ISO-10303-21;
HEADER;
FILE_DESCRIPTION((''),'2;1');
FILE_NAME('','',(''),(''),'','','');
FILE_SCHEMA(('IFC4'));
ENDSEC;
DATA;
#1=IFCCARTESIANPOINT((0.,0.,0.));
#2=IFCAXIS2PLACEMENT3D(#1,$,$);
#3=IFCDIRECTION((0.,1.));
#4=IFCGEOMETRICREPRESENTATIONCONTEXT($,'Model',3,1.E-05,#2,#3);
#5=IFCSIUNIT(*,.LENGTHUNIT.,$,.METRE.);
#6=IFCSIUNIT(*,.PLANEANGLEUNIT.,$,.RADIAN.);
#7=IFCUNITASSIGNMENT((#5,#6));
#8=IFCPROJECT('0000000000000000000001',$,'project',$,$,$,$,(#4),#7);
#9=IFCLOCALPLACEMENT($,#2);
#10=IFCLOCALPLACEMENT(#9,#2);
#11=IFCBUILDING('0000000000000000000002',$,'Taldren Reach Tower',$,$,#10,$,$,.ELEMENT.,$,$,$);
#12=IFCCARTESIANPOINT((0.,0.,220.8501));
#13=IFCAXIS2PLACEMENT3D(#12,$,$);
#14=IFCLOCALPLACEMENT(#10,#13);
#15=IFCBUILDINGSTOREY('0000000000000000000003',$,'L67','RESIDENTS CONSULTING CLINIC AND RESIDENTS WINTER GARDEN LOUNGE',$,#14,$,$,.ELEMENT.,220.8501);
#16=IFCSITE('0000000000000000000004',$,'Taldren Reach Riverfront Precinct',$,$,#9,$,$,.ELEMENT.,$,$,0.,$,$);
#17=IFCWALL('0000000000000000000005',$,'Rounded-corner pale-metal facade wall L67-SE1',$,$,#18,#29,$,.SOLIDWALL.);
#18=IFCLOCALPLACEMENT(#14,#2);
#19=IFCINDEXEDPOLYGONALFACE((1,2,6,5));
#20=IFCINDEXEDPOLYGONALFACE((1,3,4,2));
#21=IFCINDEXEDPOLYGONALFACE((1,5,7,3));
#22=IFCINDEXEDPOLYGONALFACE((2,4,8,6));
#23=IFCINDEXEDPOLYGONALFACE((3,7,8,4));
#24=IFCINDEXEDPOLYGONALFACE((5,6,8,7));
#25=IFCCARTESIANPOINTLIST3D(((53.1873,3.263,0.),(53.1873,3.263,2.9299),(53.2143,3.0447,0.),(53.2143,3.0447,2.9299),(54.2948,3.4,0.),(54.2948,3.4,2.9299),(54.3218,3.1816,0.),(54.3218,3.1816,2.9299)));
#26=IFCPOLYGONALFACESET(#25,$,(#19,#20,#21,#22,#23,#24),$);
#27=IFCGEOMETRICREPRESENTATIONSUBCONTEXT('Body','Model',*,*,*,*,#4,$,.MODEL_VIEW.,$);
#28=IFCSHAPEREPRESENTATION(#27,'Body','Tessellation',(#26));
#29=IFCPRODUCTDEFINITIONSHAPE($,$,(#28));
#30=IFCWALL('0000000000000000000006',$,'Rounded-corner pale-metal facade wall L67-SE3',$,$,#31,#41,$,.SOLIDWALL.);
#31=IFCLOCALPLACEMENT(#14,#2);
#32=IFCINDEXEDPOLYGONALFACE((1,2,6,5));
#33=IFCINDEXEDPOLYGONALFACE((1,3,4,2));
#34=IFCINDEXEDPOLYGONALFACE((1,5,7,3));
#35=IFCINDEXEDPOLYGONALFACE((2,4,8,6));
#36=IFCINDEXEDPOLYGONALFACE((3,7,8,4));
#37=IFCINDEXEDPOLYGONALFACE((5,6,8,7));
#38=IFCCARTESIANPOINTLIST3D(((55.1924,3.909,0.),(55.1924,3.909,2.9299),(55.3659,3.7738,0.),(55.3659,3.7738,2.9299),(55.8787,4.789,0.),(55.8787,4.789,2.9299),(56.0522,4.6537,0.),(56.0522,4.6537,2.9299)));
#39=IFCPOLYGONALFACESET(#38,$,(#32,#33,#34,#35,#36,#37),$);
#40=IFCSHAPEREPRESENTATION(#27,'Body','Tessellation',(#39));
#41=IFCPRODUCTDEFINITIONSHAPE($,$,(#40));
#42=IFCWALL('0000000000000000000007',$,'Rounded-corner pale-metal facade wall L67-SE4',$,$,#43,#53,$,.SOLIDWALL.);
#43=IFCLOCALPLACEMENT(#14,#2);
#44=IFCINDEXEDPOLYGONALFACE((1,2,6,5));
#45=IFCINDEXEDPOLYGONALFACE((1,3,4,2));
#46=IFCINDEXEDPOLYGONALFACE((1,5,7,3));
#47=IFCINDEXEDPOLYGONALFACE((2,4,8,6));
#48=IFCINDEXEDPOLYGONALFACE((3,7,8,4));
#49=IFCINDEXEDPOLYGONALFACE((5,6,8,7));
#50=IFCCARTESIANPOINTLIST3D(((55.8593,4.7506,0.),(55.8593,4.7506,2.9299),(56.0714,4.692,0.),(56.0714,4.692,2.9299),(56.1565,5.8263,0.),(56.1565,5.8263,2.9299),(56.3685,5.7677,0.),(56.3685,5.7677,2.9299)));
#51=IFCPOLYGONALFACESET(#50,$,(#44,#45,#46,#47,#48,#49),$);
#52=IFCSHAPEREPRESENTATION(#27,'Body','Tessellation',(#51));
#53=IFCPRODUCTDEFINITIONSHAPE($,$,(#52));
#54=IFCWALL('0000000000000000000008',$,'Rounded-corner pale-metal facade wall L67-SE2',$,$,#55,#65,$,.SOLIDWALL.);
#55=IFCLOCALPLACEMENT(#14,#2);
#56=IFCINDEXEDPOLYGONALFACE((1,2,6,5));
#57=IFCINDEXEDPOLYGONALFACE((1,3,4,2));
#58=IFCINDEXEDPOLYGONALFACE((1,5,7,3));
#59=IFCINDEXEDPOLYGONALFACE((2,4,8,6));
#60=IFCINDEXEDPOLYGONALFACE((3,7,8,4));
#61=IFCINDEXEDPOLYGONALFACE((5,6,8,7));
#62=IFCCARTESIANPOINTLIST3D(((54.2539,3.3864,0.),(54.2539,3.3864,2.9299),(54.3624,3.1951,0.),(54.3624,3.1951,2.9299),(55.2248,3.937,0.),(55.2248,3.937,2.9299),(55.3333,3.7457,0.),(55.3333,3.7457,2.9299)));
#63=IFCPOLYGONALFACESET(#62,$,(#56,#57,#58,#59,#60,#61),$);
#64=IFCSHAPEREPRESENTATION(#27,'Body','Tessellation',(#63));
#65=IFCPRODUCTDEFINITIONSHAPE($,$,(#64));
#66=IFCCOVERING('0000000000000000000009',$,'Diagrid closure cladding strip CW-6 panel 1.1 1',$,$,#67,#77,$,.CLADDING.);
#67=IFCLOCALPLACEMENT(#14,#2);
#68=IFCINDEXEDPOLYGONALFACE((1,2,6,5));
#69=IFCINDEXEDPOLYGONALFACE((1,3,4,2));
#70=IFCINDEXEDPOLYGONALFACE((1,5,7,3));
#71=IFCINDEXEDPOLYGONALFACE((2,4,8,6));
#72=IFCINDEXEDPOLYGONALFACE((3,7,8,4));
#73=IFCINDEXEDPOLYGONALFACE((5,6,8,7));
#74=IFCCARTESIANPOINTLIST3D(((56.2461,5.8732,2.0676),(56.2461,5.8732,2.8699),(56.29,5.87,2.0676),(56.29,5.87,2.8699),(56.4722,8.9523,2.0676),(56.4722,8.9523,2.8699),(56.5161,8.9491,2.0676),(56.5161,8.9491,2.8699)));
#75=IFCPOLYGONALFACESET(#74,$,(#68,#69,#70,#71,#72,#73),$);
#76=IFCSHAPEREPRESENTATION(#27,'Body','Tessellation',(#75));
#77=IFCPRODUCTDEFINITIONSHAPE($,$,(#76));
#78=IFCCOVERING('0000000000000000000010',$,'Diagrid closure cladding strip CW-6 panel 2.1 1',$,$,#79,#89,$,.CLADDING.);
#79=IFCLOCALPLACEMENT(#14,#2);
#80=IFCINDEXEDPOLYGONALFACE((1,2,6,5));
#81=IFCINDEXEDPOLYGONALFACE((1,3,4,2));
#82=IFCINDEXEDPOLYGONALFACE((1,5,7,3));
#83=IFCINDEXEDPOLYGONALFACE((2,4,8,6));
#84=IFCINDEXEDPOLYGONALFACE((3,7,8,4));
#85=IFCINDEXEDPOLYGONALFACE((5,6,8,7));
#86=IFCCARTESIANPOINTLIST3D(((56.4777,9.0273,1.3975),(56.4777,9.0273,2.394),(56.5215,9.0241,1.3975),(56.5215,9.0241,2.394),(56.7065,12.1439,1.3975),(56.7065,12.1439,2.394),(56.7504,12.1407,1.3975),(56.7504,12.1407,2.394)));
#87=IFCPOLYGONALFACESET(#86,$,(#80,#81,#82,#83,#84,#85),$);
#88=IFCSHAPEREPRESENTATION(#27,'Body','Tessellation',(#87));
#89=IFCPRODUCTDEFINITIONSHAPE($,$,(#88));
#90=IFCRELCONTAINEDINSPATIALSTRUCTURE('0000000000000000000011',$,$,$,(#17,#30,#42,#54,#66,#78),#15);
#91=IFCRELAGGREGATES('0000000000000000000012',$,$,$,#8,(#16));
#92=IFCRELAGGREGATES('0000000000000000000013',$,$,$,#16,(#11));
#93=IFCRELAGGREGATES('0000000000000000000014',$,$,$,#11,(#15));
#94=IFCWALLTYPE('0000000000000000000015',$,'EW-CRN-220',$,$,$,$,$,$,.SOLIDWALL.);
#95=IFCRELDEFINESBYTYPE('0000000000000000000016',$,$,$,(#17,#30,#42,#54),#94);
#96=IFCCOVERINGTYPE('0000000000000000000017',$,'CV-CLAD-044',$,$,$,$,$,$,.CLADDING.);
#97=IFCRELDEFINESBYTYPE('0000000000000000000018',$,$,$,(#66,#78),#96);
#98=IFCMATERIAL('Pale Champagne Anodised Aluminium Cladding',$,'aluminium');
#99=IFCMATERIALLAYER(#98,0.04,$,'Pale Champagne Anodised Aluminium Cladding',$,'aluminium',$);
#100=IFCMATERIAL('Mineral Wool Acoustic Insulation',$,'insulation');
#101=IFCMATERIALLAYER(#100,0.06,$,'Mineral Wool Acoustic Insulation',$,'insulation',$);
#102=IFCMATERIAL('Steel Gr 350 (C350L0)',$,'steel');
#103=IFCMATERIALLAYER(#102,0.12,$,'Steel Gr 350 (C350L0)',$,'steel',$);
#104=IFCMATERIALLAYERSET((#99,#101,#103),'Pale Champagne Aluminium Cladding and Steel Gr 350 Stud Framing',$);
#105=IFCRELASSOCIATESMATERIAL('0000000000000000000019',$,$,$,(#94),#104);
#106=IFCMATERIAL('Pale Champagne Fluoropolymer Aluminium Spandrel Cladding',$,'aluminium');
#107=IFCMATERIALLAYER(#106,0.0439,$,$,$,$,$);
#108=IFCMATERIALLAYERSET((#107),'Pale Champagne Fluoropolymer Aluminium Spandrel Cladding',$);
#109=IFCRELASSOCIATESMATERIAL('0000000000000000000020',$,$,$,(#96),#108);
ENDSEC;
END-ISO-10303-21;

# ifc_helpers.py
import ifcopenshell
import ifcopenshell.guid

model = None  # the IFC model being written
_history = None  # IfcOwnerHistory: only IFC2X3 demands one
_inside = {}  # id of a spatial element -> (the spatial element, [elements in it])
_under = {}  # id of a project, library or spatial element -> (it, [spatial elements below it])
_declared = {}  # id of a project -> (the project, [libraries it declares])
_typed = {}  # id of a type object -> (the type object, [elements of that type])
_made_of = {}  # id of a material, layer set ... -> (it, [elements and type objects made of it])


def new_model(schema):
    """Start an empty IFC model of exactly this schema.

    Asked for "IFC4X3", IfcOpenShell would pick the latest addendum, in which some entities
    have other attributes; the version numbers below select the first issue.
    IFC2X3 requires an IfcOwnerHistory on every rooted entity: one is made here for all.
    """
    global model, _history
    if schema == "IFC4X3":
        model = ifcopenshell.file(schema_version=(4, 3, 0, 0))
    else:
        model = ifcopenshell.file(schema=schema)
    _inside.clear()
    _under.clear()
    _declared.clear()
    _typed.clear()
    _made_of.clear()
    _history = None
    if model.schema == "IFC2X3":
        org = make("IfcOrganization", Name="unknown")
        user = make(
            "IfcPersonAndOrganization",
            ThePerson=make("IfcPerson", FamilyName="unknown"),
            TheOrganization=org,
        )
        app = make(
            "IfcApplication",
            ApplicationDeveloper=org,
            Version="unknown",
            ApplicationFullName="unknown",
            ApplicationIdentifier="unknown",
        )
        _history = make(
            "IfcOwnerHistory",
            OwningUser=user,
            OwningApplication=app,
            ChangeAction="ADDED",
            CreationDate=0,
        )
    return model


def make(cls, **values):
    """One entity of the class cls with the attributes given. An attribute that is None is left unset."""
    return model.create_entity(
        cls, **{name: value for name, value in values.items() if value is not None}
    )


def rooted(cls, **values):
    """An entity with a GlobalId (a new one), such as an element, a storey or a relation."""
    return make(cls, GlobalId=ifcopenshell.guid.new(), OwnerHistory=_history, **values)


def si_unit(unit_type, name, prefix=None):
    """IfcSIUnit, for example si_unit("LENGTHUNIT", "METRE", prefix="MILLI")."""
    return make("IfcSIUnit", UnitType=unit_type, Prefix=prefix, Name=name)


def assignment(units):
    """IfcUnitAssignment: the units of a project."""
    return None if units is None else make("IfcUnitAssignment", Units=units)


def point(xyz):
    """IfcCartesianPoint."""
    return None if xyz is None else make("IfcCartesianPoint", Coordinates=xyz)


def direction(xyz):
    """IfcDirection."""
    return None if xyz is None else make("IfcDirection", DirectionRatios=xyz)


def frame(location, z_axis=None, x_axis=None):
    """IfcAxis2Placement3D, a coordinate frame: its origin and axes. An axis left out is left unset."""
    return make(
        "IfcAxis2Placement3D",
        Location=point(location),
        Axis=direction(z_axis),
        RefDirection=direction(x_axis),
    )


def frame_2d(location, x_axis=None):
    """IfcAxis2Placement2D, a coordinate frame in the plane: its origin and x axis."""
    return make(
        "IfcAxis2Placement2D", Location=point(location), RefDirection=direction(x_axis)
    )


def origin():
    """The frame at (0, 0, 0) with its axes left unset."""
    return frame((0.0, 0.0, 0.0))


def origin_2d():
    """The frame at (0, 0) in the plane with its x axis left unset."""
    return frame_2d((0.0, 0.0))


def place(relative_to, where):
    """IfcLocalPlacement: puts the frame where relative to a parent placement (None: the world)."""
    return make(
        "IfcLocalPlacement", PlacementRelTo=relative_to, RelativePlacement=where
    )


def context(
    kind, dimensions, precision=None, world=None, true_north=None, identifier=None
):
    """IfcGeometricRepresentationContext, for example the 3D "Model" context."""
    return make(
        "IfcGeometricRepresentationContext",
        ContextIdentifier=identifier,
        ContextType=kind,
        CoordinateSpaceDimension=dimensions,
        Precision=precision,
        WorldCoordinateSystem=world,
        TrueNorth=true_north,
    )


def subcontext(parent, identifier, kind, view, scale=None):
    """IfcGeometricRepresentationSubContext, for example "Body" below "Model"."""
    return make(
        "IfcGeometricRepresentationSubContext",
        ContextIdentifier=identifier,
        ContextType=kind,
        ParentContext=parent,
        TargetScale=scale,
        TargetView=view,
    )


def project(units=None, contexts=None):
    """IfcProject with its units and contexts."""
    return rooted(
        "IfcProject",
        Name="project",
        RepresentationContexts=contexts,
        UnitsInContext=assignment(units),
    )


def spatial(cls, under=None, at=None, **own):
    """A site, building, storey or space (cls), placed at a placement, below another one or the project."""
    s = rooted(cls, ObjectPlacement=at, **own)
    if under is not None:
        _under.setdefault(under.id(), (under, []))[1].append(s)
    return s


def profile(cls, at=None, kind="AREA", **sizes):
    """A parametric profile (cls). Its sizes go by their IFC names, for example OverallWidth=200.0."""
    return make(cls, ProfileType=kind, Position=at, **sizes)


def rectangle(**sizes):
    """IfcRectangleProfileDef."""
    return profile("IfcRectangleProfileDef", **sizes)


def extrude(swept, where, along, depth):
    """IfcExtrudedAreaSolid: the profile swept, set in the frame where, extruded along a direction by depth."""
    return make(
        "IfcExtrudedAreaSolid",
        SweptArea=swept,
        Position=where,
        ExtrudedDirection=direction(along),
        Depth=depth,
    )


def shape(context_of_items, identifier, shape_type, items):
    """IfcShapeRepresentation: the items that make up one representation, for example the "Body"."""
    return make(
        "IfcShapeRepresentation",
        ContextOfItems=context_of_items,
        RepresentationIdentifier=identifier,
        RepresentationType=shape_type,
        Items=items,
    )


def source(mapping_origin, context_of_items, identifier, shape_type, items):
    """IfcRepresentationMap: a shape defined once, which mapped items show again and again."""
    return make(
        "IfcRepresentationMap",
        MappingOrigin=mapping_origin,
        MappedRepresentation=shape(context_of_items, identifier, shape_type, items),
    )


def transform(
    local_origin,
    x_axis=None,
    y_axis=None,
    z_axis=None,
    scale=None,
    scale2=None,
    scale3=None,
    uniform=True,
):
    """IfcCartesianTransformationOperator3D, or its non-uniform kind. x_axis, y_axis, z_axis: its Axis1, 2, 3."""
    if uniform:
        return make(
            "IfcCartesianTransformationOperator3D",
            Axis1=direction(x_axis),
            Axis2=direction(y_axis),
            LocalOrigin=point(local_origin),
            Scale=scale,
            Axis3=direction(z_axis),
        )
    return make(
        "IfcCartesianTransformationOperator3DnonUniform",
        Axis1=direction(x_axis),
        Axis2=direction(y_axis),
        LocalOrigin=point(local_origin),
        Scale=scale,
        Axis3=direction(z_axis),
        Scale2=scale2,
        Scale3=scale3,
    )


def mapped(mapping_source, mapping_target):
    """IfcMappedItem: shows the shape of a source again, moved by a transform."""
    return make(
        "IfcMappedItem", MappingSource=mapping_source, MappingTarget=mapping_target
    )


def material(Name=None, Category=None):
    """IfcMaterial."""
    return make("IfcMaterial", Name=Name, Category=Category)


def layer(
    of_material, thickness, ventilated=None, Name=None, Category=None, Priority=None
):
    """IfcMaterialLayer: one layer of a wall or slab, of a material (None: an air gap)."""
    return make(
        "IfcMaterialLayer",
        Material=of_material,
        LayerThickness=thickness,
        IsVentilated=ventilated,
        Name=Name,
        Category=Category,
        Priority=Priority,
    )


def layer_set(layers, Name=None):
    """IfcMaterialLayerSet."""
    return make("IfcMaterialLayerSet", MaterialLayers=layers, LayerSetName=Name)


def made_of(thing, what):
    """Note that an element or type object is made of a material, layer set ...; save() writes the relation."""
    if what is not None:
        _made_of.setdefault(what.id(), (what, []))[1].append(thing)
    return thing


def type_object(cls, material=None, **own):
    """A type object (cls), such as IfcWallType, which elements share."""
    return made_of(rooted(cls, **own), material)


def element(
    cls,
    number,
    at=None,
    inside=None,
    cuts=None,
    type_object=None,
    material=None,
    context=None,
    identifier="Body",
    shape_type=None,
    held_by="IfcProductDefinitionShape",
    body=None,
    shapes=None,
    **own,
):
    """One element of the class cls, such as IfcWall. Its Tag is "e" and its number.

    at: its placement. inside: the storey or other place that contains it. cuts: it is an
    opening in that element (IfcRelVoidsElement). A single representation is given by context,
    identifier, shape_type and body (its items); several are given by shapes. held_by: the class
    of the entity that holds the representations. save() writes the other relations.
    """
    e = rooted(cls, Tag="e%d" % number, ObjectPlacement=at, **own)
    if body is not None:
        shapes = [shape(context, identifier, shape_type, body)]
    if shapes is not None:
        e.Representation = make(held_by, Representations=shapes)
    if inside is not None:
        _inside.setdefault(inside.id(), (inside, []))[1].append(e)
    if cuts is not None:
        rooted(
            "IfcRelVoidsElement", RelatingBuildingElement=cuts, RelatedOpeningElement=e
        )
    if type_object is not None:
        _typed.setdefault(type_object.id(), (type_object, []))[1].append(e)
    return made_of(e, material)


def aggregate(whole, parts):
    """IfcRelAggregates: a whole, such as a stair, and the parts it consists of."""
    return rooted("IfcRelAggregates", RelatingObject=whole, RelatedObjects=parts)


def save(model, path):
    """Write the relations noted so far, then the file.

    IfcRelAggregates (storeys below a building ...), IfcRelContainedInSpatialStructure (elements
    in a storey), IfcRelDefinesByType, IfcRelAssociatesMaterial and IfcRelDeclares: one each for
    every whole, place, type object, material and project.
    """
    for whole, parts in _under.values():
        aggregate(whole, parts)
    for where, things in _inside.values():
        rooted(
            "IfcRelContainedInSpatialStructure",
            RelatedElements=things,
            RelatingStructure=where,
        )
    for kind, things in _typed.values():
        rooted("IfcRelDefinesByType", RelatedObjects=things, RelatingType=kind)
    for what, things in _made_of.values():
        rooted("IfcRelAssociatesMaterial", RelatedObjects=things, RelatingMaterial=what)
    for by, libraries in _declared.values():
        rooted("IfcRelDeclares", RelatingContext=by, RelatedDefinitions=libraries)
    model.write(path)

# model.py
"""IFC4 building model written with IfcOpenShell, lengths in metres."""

from ifc_helpers import new_model, si_unit, direction, frame, frame_2d, origin, origin_2d, place, context, subcontext, project, spatial, rectangle, extrude, source, transform, mapped, material, layer, layer_set, type_object, element, save


model = new_model("IFC4")

# Units and contexts
model_context = context("Model", 3, precision=1e-05, world=origin(), true_north=direction((0.0, 1.0)))
body_context = subcontext(model_context, "Body", "Model", "MODEL_VIEW")
ifc_project = project(units=[si_unit("LENGTHUNIT", "METRE"), si_unit("PLANEANGLEUNIT", "RADIAN")], contexts=[model_context])

# Site, building, storey
site_placement = place(None, origin())
site = spatial("IfcSite", under=ifc_project, at=site_placement, Name="Taldren Reach Riverfront Precinct", CompositionType="ELEMENT", RefElevation=0.0)
building_placement = place(site_placement, origin())
building = spatial("IfcBuilding", under=site, at=building_placement, Name="Taldren Reach Tower", CompositionType="ELEMENT")
storey_placement = place(building_placement, frame((0.0, 0.0, 220.8501)))
storey = spatial("IfcBuildingStorey", under=building, at=storey_placement, Name="L67", Description="RESIDENTS CONSULTING CLINIC AND RESIDENTS WINTER GARDEN LOUNGE", CompositionType="ELEMENT", Elevation=220.8501)

# Shared definitions
ifc_material_1 = material(Name="Steel Gr 350 (C350L0)", Category="steel")

# Walls
ifc_material_2 = material(Name="Pale Champagne Anodised Aluminium Cladding", Category="aluminium")
ifc_layer_1 = layer(ifc_material_2, 0.04, Name="Pale Champagne Anodised Aluminium Cladding", Category="aluminium")
ifc_material_3 = material(Name="Mineral Wool Acoustic Insulation", Category="insulation")
ifc_layer_2 = layer(ifc_material_3, 0.06, Name="Mineral Wool Acoustic Insulation", Category="insulation")
ifc_layer_3 = layer(ifc_material_1, 0.12, Name="Steel Gr 350 (C350L0)", Category="steel")
ifc_layer_set_1 = layer_set([ifc_layer_1, ifc_layer_2, ifc_layer_3], Name="Pale Champagne Aluminium Cladding and Steel Gr 350 Stud Framing")
wall_type = type_object("IfcWallType", Name="EW-CRN-220", PredefinedType="SOLIDWALL", material=ifc_layer_set_1)
shared_shape_1 = source(origin(), body_context, "Body", "SweptSolid", [
    extrude(rectangle(XDim=1.116, YDim=0.22, at=frame_2d((0.5581, 0.0))), origin(), (0.0, 0.0, 1.0), 2.9299),
])
for number, where, z_axis, x_axis, name in (
    (1, (53.2007, 3.1538, 0.0), (0.0, 0.0, 1.0), (0.992439, 0.122742, 0.0), "Rounded-corner pale-metal facade wall L67-SE1"),
    (2, (55.2791, 3.8413, 0.0), (0.0, 0.0, 1.0), (0.615015, 0.788515, 0.0), "Rounded-corner pale-metal facade wall L67-SE3"),
    (3, (55.9653, 4.7212, 0.0), (0.0, 0.0, 1.0), (0.266244, 0.963906, 0.0), "Rounded-corner pale-metal facade wall L67-SE4"),
):
    element("IfcWall", number, at=place(storey_placement, frame(where, z_axis=z_axis, x_axis=x_axis)), inside=storey, type_object=wall_type, Name=name, PredefinedType="SOLIDWALL", context=body_context, shape_type="MappedRepresentation", body=[
        mapped(shared_shape_1, transform((0.0, 0.0, 0.0), scale=1.0)),
    ])
shared_shape_2 = source(origin(), body_context, "Body", "SweptSolid", [
    extrude(rectangle(XDim=1.1162, YDim=0.22, at=frame_2d((0.5581, 0.0))), origin(), (0.0, 0.0, 1.0), 2.9299),
])
wall_placement = place(storey_placement, frame((54.3081, 3.2908, 0.0), z_axis=(0.0, 0.0, 1.0), x_axis=(0.869894, 0.493239, 0.0)))
element("IfcWall", 4, at=wall_placement, inside=storey, type_object=wall_type, Name="Rounded-corner pale-metal facade wall L67-SE2", PredefinedType="SOLIDWALL", context=body_context, shape_type="MappedRepresentation", body=[
    mapped(shared_shape_2, transform((0.0, 0.0, 0.0), scale=1.0)),
])

# Coverings
ifc_material_4 = material(Name="Pale Champagne Fluoropolymer Aluminium Spandrel Cladding", Category="aluminium")
ifc_layer_4 = layer(ifc_material_4, 0.0439)
ifc_layer_set_2 = layer_set([ifc_layer_4], Name="Pale Champagne Fluoropolymer Aluminium Spandrel Cladding")
covering_type = type_object("IfcCoveringType", Name="CV-CLAD-044", PredefinedType="CLADDING", material=ifc_layer_set_2)
shared_shape_3 = source(origin(), body_context, "Body", "SweptSolid", [
    extrude(rectangle(XDim=3.0874, YDim=0.0439, at=origin_2d()), origin(), (0.0, 0.0, 1.0), 0.8022),
])
covering_1_placement = place(storey_placement, frame((56.3811, 7.4111, 2.0676), z_axis=(0.0, 0.0, 1.0), x_axis=(0.073238, 0.997314, 0.0)))
element("IfcCovering", 5, at=covering_1_placement, inside=storey, type_object=covering_type, Name="Diagrid closure cladding strip CW-6 panel 1.1 1", PredefinedType="CLADDING", context=body_context, shape_type="MappedRepresentation", body=[
    mapped(shared_shape_3, transform((0.0, 0.0, 0.0), scale=1.0)),
])
shared_shape_4 = source(origin(), body_context, "Body", "SweptSolid", [
    extrude(rectangle(XDim=3.125, YDim=0.0439, at=origin_2d()), origin(), (0.0, 0.0, 1.0), 0.9966),
])
covering_2_placement = place(storey_placement, frame((56.614, 10.584, 1.3975), z_axis=(0.0, 0.0, 1.0), x_axis=(0.073238, 0.997314, 0.0)))
element("IfcCovering", 6, at=covering_2_placement, inside=storey, type_object=covering_type, Name="Diagrid closure cladding strip CW-6 panel 2.1 1", PredefinedType="CLADDING", context=body_context, shape_type="MappedRepresentation", body=[
    mapped(shared_shape_4, transform((0.0, 0.0, 0.0), scale=1.0)),
])

save(model, "model.ifc")
